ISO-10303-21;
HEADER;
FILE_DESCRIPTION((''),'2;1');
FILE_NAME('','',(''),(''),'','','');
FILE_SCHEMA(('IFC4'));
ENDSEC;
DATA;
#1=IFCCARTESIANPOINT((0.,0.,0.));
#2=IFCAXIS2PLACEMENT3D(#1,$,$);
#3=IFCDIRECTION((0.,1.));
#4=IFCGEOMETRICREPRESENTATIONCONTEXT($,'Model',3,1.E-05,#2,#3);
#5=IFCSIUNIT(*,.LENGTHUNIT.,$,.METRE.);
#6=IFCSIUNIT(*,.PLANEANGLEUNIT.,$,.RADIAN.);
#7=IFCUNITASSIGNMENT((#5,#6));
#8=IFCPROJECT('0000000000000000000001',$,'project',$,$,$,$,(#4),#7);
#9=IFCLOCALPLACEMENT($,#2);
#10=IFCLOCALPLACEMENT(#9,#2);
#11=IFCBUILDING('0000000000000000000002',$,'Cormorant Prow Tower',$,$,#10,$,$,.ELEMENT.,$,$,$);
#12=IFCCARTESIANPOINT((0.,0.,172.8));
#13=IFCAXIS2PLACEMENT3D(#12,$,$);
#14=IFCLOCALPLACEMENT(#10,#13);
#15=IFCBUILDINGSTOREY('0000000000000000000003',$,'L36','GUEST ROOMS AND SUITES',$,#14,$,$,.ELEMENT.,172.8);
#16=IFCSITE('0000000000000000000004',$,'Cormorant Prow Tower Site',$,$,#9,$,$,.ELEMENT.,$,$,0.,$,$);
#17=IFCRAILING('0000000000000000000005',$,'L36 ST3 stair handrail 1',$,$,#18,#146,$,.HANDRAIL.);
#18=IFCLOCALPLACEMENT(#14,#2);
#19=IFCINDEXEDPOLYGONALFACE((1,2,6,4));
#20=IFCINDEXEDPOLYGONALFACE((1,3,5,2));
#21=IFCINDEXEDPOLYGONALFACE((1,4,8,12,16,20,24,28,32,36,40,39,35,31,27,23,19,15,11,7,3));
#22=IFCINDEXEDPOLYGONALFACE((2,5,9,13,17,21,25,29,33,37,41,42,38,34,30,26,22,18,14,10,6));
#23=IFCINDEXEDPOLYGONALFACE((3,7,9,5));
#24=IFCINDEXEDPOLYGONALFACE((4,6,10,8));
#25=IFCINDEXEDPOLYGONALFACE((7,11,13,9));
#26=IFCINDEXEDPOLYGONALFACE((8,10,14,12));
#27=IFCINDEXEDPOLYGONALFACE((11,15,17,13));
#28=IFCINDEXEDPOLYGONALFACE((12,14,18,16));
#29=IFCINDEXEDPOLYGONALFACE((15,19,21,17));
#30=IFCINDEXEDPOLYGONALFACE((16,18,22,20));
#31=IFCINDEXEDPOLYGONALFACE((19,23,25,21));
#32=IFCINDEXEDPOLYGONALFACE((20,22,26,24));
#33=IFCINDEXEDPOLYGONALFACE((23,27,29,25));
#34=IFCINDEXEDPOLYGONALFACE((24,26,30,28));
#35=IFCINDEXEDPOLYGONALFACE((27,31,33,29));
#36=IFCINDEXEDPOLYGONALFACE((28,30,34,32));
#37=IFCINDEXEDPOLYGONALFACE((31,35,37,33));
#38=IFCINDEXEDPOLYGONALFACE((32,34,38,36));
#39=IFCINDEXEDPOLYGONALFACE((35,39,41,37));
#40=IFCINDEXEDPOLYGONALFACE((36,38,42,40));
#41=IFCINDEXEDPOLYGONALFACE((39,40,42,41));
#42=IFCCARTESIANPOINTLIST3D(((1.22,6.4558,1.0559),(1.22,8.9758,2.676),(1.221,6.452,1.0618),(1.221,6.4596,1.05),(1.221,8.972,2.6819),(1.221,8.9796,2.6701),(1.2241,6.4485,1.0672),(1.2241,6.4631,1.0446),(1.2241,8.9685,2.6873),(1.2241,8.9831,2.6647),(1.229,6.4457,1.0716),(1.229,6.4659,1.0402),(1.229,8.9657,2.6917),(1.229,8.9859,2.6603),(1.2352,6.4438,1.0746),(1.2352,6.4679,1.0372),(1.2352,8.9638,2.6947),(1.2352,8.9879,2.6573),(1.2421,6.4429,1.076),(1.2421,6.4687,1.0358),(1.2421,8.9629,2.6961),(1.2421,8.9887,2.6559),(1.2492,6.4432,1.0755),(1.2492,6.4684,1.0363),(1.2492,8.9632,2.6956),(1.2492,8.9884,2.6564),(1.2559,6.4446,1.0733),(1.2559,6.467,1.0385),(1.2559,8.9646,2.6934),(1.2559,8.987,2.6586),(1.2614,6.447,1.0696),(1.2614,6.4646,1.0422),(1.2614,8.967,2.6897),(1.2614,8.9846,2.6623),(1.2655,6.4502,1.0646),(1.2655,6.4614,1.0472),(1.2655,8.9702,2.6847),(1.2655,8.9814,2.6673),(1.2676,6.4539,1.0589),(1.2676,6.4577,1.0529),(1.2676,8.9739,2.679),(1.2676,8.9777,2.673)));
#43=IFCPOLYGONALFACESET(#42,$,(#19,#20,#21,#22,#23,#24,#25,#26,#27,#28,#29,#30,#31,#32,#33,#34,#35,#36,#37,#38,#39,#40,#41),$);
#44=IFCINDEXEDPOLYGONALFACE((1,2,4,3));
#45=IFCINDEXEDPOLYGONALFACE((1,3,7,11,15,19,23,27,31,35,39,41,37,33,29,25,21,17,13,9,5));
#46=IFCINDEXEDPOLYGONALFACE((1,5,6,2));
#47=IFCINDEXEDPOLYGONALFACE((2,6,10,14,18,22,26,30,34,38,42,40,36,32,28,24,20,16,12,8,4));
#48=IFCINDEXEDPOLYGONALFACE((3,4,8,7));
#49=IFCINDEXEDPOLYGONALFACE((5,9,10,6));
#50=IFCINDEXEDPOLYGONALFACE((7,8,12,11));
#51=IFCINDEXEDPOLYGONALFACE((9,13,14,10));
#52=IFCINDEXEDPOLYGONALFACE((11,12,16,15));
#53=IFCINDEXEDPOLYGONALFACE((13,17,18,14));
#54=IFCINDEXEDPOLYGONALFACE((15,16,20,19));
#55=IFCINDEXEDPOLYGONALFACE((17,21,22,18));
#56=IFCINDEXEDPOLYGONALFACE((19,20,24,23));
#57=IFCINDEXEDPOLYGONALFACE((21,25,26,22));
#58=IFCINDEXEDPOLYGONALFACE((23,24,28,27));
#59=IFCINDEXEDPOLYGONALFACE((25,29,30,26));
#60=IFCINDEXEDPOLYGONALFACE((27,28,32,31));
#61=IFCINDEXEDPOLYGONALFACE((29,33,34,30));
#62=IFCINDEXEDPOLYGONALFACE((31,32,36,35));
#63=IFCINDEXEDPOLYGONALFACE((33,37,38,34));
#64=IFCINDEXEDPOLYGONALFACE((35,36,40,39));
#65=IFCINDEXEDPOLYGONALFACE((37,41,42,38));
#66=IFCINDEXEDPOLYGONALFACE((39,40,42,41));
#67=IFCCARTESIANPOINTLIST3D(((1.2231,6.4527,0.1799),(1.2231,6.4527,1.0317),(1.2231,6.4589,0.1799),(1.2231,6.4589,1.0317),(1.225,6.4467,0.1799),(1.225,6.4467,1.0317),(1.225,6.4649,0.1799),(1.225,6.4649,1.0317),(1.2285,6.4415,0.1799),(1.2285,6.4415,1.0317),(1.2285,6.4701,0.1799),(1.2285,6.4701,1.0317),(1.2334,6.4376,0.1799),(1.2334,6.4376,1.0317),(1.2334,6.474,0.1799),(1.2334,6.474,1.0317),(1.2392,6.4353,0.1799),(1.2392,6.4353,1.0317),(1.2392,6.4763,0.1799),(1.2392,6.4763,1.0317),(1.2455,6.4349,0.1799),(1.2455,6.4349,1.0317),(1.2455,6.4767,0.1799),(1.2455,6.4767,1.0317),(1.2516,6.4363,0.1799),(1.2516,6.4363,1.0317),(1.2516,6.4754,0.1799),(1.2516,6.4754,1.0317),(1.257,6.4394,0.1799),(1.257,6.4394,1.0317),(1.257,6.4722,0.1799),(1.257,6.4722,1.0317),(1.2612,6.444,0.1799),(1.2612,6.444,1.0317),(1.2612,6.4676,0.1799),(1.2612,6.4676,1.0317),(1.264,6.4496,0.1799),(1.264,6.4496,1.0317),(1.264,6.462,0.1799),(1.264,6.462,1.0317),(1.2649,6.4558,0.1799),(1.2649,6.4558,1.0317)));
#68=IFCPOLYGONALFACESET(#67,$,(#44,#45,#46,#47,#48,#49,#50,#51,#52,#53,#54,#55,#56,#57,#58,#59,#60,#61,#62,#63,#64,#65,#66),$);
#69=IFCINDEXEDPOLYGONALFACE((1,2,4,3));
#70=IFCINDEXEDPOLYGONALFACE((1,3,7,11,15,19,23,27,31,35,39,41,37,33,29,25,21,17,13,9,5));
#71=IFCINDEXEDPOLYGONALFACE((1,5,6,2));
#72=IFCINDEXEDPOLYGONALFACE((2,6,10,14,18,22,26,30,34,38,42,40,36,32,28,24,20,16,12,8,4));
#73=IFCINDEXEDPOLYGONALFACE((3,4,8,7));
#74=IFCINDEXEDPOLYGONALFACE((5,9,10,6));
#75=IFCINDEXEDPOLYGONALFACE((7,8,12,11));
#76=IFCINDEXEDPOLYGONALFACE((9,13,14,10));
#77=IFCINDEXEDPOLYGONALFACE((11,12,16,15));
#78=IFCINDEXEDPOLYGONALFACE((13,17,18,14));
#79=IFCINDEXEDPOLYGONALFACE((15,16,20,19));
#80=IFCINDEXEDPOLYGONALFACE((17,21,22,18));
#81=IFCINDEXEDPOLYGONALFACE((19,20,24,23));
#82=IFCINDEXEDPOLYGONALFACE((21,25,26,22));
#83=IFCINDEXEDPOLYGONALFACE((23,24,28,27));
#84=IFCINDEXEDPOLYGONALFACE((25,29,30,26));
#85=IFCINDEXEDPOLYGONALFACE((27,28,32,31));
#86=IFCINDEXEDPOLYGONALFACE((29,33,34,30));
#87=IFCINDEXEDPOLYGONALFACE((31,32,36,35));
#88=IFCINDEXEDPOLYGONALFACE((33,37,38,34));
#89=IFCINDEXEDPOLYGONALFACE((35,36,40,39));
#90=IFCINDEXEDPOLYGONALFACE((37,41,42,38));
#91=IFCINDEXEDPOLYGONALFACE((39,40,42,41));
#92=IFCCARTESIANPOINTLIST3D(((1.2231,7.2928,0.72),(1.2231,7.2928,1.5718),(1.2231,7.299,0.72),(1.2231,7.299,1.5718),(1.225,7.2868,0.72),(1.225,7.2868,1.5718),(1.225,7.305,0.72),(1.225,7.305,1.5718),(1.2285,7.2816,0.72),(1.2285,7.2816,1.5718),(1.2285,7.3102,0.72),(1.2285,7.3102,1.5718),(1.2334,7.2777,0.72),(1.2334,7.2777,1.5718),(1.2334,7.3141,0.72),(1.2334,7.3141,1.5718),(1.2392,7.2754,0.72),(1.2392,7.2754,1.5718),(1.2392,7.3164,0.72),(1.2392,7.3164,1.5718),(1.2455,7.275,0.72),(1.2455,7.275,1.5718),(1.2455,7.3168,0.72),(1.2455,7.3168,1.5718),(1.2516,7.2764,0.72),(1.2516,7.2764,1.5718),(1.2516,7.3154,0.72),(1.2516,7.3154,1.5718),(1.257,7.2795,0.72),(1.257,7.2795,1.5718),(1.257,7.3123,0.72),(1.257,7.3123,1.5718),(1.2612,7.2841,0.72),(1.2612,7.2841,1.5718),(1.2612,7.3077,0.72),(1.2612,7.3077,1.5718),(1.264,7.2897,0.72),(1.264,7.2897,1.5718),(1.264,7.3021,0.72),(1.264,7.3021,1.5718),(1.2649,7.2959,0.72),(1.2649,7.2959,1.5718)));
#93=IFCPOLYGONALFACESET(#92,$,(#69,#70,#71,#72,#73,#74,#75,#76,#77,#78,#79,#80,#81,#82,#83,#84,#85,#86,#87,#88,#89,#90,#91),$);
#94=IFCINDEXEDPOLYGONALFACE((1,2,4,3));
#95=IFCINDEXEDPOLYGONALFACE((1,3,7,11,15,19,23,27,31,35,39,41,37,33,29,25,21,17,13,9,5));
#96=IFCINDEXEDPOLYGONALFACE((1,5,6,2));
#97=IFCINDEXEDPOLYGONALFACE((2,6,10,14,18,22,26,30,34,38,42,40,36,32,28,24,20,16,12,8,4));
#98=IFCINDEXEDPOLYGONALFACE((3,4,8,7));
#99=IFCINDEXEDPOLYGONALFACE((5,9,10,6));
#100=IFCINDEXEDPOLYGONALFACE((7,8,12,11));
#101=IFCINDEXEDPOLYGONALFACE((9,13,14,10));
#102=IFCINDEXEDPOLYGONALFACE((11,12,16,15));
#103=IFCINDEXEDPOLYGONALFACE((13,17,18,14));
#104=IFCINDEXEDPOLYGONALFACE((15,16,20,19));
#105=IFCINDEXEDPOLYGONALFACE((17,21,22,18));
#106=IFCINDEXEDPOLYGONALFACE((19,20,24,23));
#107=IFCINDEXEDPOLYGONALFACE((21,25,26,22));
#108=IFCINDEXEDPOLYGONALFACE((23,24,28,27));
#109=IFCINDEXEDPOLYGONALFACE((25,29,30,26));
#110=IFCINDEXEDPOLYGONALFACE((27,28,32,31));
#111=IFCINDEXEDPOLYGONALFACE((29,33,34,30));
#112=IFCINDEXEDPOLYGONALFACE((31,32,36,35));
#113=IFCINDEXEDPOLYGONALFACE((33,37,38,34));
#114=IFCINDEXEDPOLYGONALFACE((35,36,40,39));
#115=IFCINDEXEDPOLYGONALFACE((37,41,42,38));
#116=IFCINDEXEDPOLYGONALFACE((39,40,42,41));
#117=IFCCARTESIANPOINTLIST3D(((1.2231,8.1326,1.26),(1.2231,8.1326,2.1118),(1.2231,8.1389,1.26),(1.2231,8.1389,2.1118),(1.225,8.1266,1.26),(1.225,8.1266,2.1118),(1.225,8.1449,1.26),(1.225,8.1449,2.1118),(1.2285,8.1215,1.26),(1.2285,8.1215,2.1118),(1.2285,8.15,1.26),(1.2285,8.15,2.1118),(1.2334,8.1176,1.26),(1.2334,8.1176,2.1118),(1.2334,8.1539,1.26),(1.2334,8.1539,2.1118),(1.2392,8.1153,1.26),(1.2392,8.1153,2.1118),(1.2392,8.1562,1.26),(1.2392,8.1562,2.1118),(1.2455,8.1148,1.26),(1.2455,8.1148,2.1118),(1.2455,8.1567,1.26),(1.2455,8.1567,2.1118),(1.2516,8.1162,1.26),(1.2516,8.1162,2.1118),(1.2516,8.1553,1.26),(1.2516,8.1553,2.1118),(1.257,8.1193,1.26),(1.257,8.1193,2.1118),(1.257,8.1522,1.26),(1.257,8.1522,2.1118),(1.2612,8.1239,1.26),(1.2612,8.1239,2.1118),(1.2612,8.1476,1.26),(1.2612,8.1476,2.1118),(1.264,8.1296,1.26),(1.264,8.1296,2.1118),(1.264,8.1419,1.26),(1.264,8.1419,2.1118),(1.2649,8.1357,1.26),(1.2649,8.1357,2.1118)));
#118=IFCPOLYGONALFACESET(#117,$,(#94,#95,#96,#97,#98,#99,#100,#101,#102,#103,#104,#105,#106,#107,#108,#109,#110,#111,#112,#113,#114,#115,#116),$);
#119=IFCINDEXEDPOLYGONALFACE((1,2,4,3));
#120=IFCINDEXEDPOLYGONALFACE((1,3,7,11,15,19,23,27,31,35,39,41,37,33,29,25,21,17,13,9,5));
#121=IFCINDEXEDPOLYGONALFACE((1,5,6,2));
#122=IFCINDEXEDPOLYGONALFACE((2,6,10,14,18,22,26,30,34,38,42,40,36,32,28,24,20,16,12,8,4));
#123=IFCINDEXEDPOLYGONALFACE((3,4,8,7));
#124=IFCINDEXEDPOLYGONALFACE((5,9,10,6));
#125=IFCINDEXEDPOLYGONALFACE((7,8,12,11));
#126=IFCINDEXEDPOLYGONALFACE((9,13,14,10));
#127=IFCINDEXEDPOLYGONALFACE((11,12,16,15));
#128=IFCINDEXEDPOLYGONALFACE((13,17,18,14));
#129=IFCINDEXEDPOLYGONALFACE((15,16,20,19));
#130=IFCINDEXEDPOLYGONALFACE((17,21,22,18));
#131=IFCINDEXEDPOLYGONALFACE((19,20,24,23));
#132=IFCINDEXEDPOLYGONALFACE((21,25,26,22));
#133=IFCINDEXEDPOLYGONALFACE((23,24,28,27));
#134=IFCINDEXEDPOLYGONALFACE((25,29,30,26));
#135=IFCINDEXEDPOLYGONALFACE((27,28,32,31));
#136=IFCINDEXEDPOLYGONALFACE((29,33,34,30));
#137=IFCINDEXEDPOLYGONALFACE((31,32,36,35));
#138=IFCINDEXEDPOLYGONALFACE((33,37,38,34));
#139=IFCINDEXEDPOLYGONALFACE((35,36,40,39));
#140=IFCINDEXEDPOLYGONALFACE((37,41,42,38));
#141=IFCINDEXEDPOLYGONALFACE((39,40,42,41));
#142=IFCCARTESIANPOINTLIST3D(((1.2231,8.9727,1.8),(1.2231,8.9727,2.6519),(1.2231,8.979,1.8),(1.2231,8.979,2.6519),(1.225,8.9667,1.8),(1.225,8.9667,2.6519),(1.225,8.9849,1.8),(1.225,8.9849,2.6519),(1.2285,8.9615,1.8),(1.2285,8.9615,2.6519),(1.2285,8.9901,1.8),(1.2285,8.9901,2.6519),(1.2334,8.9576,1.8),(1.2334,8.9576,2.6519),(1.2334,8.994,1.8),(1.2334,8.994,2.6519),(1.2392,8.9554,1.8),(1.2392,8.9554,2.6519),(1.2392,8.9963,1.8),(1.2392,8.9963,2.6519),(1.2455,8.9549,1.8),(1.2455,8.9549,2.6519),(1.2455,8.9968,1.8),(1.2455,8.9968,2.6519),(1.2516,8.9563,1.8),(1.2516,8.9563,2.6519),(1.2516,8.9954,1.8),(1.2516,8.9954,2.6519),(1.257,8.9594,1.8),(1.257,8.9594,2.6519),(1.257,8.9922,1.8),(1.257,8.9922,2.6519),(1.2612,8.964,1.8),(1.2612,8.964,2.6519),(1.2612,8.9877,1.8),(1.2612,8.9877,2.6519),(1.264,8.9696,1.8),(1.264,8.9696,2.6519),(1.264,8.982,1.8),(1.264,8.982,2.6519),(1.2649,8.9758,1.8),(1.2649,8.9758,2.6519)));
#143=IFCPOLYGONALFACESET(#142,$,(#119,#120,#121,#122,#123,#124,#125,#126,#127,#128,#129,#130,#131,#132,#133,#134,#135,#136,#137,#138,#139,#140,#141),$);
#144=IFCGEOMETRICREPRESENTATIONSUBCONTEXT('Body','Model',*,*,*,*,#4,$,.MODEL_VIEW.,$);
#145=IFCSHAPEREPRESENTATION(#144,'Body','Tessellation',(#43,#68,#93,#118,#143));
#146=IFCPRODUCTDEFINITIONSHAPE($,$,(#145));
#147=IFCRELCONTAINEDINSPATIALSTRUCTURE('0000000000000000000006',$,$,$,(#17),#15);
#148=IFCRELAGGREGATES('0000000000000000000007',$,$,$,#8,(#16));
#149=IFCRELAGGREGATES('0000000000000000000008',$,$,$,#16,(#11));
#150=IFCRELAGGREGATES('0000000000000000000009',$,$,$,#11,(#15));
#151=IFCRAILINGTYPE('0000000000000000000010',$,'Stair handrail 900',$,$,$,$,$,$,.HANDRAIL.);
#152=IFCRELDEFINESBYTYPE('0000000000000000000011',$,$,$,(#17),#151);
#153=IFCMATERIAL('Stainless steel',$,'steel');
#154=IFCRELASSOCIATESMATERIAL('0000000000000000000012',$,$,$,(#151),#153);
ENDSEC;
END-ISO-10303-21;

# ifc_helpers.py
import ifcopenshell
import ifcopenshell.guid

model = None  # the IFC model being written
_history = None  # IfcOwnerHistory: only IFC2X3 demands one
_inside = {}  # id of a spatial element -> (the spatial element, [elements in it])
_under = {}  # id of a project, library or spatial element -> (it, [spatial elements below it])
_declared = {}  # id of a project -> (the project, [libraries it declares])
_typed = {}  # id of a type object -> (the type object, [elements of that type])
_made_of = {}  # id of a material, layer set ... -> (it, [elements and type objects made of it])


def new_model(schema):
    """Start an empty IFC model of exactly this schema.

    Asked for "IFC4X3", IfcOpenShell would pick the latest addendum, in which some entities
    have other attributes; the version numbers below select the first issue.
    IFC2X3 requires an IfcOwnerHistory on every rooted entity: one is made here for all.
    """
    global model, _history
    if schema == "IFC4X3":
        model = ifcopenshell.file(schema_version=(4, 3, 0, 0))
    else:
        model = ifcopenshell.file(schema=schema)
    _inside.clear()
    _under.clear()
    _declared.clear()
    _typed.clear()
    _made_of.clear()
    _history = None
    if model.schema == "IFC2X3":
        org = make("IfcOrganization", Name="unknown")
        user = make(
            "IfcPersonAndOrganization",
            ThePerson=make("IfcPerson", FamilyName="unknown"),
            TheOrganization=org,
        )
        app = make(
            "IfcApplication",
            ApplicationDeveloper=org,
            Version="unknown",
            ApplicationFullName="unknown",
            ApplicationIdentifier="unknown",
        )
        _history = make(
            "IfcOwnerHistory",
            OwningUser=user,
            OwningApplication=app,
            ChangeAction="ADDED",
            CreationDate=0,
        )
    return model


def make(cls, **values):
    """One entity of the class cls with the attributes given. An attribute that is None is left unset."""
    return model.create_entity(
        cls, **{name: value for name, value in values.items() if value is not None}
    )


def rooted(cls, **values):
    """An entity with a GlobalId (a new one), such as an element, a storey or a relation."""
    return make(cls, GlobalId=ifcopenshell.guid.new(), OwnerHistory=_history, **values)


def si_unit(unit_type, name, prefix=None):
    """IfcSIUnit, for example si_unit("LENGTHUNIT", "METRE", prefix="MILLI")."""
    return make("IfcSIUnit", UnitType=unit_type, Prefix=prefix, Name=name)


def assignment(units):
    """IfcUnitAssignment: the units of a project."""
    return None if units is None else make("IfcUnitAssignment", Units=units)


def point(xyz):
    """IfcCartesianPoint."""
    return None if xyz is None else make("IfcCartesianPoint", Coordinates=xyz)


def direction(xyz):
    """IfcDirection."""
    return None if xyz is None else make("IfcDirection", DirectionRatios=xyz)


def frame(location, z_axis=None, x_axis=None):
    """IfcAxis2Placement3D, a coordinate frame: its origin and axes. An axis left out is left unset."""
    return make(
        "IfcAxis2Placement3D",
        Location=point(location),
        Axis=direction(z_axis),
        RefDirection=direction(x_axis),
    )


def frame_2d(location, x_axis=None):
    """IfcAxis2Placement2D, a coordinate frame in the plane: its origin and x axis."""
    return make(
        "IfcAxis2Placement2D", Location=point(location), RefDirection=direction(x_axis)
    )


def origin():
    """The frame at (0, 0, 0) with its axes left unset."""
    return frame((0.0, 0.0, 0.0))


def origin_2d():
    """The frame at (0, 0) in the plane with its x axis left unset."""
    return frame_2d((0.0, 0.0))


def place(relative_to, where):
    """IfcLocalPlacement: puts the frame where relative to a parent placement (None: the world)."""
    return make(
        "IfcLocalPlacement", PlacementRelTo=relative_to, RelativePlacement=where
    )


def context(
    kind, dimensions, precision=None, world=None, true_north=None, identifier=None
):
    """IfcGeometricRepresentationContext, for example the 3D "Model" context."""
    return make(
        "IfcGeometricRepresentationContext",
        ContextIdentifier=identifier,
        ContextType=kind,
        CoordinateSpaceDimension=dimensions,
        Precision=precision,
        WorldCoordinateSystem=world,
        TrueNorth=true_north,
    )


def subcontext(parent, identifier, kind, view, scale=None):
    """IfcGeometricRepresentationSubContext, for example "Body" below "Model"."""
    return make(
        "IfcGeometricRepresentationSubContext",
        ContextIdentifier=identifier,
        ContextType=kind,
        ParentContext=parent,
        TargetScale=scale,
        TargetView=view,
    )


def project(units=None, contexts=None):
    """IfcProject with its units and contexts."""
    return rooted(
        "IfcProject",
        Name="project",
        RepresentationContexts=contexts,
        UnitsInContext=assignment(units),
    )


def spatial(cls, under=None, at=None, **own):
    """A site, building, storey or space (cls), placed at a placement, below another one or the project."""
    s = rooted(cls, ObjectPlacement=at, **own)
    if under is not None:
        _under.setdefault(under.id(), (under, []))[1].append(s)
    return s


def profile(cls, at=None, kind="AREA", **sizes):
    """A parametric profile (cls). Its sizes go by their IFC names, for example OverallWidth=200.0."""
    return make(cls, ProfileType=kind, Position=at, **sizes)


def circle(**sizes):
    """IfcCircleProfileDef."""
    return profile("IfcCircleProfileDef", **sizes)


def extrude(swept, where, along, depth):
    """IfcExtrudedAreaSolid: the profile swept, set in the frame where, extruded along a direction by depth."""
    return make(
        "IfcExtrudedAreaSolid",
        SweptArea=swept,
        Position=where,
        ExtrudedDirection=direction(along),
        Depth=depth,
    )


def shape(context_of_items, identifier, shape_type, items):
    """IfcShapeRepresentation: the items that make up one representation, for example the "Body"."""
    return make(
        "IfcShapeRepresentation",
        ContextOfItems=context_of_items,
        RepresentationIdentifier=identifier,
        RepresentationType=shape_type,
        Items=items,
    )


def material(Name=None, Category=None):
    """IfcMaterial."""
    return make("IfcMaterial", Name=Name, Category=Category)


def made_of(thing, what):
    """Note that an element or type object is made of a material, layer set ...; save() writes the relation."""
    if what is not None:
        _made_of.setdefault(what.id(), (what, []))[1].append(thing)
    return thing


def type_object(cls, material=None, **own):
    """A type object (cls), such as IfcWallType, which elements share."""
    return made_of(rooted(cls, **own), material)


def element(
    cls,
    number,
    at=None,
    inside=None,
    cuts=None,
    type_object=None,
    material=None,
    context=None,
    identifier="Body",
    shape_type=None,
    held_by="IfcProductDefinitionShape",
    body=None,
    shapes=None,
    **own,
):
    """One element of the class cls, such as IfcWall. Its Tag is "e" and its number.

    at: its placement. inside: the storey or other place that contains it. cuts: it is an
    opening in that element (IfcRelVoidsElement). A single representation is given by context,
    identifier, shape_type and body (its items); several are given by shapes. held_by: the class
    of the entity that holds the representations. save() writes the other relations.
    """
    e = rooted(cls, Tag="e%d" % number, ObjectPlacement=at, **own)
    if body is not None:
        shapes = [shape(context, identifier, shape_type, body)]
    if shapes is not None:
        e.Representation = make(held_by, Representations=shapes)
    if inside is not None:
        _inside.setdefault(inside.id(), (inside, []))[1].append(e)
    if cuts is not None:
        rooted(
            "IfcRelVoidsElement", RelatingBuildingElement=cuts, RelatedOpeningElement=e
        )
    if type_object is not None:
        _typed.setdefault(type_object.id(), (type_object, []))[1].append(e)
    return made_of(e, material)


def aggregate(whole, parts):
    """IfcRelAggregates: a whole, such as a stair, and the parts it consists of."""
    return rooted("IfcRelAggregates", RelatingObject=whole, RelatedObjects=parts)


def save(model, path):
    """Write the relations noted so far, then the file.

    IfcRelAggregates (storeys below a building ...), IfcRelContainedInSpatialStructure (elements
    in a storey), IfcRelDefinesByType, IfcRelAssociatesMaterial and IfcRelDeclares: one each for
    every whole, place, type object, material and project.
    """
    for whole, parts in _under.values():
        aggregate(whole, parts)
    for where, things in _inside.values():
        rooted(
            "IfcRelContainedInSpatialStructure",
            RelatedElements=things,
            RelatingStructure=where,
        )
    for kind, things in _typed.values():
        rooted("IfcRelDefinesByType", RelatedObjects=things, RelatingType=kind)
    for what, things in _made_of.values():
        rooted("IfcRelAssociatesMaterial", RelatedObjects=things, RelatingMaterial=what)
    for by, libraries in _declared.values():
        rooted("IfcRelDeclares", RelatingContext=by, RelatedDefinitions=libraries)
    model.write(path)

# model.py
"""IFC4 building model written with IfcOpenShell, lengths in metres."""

from ifc_helpers import new_model, si_unit, direction, frame, origin, origin_2d, place, context, subcontext, project, spatial, circle, extrude, material, type_object, element, save


model = new_model("IFC4")

# Units and contexts
model_context = context("Model", 3, precision=1e-05, world=origin(), true_north=direction((0.0, 1.0)))
body_context = subcontext(model_context, "Body", "Model", "MODEL_VIEW")
ifc_project = project(units=[si_unit("LENGTHUNIT", "METRE"), si_unit("PLANEANGLEUNIT", "RADIAN")], contexts=[model_context])

# Site, building, storey
site_placement = place(None, origin())
site = spatial("IfcSite", under=ifc_project, at=site_placement, Name="Cormorant Prow Tower Site", CompositionType="ELEMENT", RefElevation=0.0)
building_placement = place(site_placement, origin())
building = spatial("IfcBuilding", under=site, at=building_placement, Name="Cormorant Prow Tower", CompositionType="ELEMENT")
storey_placement = place(building_placement, frame((0.0, 0.0, 172.8)))
storey = spatial("IfcBuildingStorey", under=building, at=storey_placement, Name="L36", Description="GUEST ROOMS AND SUITES", CompositionType="ELEMENT", Elevation=172.8)

# Railing
ifc_material_1 = material(Name="Stainless steel", Category="steel")
railing_type_1 = type_object("IfcRailingType", Name="Stair handrail 900", PredefinedType="HANDRAIL", material=ifc_material_1)
railing_1_placement = place(storey_placement, frame((1.2439, 6.4558, 0.1799)))
element("IfcRailing", 1, at=railing_1_placement, inside=storey, type_object=railing_type_1, Name="L36 ST3 stair handrail 1", PredefinedType="HANDRAIL", context=body_context, shape_type="SweptSolid", body=[
    extrude(circle(Radius=0.0239, at=origin_2d()), frame((0.0, 0.0, 0.876), z_axis=(0.0, 0.841163, 0.540782), x_axis=(-1.0, 0.0, 0.0)), (0.0, 0.0, 1.0), 2.9958),
    extrude(circle(Radius=0.021, at=origin_2d()), origin(), (0.0, 0.0, 1.0), 0.8518),
    extrude(circle(Radius=0.021, at=origin_2d()), frame((0.0, 0.8401, 0.54)), (0.0, 0.0, 1.0), 0.8518),
    extrude(circle(Radius=0.021, at=origin_2d()), frame((0.0, 1.6799, 1.0801)), (0.0, 0.0, 1.0), 0.8518),
    extrude(circle(Radius=0.021, at=origin_2d()), frame((0.0, 2.52, 1.6201)), (0.0, 0.0, 1.0), 0.8518),
])

save(model, "model.ifc")
